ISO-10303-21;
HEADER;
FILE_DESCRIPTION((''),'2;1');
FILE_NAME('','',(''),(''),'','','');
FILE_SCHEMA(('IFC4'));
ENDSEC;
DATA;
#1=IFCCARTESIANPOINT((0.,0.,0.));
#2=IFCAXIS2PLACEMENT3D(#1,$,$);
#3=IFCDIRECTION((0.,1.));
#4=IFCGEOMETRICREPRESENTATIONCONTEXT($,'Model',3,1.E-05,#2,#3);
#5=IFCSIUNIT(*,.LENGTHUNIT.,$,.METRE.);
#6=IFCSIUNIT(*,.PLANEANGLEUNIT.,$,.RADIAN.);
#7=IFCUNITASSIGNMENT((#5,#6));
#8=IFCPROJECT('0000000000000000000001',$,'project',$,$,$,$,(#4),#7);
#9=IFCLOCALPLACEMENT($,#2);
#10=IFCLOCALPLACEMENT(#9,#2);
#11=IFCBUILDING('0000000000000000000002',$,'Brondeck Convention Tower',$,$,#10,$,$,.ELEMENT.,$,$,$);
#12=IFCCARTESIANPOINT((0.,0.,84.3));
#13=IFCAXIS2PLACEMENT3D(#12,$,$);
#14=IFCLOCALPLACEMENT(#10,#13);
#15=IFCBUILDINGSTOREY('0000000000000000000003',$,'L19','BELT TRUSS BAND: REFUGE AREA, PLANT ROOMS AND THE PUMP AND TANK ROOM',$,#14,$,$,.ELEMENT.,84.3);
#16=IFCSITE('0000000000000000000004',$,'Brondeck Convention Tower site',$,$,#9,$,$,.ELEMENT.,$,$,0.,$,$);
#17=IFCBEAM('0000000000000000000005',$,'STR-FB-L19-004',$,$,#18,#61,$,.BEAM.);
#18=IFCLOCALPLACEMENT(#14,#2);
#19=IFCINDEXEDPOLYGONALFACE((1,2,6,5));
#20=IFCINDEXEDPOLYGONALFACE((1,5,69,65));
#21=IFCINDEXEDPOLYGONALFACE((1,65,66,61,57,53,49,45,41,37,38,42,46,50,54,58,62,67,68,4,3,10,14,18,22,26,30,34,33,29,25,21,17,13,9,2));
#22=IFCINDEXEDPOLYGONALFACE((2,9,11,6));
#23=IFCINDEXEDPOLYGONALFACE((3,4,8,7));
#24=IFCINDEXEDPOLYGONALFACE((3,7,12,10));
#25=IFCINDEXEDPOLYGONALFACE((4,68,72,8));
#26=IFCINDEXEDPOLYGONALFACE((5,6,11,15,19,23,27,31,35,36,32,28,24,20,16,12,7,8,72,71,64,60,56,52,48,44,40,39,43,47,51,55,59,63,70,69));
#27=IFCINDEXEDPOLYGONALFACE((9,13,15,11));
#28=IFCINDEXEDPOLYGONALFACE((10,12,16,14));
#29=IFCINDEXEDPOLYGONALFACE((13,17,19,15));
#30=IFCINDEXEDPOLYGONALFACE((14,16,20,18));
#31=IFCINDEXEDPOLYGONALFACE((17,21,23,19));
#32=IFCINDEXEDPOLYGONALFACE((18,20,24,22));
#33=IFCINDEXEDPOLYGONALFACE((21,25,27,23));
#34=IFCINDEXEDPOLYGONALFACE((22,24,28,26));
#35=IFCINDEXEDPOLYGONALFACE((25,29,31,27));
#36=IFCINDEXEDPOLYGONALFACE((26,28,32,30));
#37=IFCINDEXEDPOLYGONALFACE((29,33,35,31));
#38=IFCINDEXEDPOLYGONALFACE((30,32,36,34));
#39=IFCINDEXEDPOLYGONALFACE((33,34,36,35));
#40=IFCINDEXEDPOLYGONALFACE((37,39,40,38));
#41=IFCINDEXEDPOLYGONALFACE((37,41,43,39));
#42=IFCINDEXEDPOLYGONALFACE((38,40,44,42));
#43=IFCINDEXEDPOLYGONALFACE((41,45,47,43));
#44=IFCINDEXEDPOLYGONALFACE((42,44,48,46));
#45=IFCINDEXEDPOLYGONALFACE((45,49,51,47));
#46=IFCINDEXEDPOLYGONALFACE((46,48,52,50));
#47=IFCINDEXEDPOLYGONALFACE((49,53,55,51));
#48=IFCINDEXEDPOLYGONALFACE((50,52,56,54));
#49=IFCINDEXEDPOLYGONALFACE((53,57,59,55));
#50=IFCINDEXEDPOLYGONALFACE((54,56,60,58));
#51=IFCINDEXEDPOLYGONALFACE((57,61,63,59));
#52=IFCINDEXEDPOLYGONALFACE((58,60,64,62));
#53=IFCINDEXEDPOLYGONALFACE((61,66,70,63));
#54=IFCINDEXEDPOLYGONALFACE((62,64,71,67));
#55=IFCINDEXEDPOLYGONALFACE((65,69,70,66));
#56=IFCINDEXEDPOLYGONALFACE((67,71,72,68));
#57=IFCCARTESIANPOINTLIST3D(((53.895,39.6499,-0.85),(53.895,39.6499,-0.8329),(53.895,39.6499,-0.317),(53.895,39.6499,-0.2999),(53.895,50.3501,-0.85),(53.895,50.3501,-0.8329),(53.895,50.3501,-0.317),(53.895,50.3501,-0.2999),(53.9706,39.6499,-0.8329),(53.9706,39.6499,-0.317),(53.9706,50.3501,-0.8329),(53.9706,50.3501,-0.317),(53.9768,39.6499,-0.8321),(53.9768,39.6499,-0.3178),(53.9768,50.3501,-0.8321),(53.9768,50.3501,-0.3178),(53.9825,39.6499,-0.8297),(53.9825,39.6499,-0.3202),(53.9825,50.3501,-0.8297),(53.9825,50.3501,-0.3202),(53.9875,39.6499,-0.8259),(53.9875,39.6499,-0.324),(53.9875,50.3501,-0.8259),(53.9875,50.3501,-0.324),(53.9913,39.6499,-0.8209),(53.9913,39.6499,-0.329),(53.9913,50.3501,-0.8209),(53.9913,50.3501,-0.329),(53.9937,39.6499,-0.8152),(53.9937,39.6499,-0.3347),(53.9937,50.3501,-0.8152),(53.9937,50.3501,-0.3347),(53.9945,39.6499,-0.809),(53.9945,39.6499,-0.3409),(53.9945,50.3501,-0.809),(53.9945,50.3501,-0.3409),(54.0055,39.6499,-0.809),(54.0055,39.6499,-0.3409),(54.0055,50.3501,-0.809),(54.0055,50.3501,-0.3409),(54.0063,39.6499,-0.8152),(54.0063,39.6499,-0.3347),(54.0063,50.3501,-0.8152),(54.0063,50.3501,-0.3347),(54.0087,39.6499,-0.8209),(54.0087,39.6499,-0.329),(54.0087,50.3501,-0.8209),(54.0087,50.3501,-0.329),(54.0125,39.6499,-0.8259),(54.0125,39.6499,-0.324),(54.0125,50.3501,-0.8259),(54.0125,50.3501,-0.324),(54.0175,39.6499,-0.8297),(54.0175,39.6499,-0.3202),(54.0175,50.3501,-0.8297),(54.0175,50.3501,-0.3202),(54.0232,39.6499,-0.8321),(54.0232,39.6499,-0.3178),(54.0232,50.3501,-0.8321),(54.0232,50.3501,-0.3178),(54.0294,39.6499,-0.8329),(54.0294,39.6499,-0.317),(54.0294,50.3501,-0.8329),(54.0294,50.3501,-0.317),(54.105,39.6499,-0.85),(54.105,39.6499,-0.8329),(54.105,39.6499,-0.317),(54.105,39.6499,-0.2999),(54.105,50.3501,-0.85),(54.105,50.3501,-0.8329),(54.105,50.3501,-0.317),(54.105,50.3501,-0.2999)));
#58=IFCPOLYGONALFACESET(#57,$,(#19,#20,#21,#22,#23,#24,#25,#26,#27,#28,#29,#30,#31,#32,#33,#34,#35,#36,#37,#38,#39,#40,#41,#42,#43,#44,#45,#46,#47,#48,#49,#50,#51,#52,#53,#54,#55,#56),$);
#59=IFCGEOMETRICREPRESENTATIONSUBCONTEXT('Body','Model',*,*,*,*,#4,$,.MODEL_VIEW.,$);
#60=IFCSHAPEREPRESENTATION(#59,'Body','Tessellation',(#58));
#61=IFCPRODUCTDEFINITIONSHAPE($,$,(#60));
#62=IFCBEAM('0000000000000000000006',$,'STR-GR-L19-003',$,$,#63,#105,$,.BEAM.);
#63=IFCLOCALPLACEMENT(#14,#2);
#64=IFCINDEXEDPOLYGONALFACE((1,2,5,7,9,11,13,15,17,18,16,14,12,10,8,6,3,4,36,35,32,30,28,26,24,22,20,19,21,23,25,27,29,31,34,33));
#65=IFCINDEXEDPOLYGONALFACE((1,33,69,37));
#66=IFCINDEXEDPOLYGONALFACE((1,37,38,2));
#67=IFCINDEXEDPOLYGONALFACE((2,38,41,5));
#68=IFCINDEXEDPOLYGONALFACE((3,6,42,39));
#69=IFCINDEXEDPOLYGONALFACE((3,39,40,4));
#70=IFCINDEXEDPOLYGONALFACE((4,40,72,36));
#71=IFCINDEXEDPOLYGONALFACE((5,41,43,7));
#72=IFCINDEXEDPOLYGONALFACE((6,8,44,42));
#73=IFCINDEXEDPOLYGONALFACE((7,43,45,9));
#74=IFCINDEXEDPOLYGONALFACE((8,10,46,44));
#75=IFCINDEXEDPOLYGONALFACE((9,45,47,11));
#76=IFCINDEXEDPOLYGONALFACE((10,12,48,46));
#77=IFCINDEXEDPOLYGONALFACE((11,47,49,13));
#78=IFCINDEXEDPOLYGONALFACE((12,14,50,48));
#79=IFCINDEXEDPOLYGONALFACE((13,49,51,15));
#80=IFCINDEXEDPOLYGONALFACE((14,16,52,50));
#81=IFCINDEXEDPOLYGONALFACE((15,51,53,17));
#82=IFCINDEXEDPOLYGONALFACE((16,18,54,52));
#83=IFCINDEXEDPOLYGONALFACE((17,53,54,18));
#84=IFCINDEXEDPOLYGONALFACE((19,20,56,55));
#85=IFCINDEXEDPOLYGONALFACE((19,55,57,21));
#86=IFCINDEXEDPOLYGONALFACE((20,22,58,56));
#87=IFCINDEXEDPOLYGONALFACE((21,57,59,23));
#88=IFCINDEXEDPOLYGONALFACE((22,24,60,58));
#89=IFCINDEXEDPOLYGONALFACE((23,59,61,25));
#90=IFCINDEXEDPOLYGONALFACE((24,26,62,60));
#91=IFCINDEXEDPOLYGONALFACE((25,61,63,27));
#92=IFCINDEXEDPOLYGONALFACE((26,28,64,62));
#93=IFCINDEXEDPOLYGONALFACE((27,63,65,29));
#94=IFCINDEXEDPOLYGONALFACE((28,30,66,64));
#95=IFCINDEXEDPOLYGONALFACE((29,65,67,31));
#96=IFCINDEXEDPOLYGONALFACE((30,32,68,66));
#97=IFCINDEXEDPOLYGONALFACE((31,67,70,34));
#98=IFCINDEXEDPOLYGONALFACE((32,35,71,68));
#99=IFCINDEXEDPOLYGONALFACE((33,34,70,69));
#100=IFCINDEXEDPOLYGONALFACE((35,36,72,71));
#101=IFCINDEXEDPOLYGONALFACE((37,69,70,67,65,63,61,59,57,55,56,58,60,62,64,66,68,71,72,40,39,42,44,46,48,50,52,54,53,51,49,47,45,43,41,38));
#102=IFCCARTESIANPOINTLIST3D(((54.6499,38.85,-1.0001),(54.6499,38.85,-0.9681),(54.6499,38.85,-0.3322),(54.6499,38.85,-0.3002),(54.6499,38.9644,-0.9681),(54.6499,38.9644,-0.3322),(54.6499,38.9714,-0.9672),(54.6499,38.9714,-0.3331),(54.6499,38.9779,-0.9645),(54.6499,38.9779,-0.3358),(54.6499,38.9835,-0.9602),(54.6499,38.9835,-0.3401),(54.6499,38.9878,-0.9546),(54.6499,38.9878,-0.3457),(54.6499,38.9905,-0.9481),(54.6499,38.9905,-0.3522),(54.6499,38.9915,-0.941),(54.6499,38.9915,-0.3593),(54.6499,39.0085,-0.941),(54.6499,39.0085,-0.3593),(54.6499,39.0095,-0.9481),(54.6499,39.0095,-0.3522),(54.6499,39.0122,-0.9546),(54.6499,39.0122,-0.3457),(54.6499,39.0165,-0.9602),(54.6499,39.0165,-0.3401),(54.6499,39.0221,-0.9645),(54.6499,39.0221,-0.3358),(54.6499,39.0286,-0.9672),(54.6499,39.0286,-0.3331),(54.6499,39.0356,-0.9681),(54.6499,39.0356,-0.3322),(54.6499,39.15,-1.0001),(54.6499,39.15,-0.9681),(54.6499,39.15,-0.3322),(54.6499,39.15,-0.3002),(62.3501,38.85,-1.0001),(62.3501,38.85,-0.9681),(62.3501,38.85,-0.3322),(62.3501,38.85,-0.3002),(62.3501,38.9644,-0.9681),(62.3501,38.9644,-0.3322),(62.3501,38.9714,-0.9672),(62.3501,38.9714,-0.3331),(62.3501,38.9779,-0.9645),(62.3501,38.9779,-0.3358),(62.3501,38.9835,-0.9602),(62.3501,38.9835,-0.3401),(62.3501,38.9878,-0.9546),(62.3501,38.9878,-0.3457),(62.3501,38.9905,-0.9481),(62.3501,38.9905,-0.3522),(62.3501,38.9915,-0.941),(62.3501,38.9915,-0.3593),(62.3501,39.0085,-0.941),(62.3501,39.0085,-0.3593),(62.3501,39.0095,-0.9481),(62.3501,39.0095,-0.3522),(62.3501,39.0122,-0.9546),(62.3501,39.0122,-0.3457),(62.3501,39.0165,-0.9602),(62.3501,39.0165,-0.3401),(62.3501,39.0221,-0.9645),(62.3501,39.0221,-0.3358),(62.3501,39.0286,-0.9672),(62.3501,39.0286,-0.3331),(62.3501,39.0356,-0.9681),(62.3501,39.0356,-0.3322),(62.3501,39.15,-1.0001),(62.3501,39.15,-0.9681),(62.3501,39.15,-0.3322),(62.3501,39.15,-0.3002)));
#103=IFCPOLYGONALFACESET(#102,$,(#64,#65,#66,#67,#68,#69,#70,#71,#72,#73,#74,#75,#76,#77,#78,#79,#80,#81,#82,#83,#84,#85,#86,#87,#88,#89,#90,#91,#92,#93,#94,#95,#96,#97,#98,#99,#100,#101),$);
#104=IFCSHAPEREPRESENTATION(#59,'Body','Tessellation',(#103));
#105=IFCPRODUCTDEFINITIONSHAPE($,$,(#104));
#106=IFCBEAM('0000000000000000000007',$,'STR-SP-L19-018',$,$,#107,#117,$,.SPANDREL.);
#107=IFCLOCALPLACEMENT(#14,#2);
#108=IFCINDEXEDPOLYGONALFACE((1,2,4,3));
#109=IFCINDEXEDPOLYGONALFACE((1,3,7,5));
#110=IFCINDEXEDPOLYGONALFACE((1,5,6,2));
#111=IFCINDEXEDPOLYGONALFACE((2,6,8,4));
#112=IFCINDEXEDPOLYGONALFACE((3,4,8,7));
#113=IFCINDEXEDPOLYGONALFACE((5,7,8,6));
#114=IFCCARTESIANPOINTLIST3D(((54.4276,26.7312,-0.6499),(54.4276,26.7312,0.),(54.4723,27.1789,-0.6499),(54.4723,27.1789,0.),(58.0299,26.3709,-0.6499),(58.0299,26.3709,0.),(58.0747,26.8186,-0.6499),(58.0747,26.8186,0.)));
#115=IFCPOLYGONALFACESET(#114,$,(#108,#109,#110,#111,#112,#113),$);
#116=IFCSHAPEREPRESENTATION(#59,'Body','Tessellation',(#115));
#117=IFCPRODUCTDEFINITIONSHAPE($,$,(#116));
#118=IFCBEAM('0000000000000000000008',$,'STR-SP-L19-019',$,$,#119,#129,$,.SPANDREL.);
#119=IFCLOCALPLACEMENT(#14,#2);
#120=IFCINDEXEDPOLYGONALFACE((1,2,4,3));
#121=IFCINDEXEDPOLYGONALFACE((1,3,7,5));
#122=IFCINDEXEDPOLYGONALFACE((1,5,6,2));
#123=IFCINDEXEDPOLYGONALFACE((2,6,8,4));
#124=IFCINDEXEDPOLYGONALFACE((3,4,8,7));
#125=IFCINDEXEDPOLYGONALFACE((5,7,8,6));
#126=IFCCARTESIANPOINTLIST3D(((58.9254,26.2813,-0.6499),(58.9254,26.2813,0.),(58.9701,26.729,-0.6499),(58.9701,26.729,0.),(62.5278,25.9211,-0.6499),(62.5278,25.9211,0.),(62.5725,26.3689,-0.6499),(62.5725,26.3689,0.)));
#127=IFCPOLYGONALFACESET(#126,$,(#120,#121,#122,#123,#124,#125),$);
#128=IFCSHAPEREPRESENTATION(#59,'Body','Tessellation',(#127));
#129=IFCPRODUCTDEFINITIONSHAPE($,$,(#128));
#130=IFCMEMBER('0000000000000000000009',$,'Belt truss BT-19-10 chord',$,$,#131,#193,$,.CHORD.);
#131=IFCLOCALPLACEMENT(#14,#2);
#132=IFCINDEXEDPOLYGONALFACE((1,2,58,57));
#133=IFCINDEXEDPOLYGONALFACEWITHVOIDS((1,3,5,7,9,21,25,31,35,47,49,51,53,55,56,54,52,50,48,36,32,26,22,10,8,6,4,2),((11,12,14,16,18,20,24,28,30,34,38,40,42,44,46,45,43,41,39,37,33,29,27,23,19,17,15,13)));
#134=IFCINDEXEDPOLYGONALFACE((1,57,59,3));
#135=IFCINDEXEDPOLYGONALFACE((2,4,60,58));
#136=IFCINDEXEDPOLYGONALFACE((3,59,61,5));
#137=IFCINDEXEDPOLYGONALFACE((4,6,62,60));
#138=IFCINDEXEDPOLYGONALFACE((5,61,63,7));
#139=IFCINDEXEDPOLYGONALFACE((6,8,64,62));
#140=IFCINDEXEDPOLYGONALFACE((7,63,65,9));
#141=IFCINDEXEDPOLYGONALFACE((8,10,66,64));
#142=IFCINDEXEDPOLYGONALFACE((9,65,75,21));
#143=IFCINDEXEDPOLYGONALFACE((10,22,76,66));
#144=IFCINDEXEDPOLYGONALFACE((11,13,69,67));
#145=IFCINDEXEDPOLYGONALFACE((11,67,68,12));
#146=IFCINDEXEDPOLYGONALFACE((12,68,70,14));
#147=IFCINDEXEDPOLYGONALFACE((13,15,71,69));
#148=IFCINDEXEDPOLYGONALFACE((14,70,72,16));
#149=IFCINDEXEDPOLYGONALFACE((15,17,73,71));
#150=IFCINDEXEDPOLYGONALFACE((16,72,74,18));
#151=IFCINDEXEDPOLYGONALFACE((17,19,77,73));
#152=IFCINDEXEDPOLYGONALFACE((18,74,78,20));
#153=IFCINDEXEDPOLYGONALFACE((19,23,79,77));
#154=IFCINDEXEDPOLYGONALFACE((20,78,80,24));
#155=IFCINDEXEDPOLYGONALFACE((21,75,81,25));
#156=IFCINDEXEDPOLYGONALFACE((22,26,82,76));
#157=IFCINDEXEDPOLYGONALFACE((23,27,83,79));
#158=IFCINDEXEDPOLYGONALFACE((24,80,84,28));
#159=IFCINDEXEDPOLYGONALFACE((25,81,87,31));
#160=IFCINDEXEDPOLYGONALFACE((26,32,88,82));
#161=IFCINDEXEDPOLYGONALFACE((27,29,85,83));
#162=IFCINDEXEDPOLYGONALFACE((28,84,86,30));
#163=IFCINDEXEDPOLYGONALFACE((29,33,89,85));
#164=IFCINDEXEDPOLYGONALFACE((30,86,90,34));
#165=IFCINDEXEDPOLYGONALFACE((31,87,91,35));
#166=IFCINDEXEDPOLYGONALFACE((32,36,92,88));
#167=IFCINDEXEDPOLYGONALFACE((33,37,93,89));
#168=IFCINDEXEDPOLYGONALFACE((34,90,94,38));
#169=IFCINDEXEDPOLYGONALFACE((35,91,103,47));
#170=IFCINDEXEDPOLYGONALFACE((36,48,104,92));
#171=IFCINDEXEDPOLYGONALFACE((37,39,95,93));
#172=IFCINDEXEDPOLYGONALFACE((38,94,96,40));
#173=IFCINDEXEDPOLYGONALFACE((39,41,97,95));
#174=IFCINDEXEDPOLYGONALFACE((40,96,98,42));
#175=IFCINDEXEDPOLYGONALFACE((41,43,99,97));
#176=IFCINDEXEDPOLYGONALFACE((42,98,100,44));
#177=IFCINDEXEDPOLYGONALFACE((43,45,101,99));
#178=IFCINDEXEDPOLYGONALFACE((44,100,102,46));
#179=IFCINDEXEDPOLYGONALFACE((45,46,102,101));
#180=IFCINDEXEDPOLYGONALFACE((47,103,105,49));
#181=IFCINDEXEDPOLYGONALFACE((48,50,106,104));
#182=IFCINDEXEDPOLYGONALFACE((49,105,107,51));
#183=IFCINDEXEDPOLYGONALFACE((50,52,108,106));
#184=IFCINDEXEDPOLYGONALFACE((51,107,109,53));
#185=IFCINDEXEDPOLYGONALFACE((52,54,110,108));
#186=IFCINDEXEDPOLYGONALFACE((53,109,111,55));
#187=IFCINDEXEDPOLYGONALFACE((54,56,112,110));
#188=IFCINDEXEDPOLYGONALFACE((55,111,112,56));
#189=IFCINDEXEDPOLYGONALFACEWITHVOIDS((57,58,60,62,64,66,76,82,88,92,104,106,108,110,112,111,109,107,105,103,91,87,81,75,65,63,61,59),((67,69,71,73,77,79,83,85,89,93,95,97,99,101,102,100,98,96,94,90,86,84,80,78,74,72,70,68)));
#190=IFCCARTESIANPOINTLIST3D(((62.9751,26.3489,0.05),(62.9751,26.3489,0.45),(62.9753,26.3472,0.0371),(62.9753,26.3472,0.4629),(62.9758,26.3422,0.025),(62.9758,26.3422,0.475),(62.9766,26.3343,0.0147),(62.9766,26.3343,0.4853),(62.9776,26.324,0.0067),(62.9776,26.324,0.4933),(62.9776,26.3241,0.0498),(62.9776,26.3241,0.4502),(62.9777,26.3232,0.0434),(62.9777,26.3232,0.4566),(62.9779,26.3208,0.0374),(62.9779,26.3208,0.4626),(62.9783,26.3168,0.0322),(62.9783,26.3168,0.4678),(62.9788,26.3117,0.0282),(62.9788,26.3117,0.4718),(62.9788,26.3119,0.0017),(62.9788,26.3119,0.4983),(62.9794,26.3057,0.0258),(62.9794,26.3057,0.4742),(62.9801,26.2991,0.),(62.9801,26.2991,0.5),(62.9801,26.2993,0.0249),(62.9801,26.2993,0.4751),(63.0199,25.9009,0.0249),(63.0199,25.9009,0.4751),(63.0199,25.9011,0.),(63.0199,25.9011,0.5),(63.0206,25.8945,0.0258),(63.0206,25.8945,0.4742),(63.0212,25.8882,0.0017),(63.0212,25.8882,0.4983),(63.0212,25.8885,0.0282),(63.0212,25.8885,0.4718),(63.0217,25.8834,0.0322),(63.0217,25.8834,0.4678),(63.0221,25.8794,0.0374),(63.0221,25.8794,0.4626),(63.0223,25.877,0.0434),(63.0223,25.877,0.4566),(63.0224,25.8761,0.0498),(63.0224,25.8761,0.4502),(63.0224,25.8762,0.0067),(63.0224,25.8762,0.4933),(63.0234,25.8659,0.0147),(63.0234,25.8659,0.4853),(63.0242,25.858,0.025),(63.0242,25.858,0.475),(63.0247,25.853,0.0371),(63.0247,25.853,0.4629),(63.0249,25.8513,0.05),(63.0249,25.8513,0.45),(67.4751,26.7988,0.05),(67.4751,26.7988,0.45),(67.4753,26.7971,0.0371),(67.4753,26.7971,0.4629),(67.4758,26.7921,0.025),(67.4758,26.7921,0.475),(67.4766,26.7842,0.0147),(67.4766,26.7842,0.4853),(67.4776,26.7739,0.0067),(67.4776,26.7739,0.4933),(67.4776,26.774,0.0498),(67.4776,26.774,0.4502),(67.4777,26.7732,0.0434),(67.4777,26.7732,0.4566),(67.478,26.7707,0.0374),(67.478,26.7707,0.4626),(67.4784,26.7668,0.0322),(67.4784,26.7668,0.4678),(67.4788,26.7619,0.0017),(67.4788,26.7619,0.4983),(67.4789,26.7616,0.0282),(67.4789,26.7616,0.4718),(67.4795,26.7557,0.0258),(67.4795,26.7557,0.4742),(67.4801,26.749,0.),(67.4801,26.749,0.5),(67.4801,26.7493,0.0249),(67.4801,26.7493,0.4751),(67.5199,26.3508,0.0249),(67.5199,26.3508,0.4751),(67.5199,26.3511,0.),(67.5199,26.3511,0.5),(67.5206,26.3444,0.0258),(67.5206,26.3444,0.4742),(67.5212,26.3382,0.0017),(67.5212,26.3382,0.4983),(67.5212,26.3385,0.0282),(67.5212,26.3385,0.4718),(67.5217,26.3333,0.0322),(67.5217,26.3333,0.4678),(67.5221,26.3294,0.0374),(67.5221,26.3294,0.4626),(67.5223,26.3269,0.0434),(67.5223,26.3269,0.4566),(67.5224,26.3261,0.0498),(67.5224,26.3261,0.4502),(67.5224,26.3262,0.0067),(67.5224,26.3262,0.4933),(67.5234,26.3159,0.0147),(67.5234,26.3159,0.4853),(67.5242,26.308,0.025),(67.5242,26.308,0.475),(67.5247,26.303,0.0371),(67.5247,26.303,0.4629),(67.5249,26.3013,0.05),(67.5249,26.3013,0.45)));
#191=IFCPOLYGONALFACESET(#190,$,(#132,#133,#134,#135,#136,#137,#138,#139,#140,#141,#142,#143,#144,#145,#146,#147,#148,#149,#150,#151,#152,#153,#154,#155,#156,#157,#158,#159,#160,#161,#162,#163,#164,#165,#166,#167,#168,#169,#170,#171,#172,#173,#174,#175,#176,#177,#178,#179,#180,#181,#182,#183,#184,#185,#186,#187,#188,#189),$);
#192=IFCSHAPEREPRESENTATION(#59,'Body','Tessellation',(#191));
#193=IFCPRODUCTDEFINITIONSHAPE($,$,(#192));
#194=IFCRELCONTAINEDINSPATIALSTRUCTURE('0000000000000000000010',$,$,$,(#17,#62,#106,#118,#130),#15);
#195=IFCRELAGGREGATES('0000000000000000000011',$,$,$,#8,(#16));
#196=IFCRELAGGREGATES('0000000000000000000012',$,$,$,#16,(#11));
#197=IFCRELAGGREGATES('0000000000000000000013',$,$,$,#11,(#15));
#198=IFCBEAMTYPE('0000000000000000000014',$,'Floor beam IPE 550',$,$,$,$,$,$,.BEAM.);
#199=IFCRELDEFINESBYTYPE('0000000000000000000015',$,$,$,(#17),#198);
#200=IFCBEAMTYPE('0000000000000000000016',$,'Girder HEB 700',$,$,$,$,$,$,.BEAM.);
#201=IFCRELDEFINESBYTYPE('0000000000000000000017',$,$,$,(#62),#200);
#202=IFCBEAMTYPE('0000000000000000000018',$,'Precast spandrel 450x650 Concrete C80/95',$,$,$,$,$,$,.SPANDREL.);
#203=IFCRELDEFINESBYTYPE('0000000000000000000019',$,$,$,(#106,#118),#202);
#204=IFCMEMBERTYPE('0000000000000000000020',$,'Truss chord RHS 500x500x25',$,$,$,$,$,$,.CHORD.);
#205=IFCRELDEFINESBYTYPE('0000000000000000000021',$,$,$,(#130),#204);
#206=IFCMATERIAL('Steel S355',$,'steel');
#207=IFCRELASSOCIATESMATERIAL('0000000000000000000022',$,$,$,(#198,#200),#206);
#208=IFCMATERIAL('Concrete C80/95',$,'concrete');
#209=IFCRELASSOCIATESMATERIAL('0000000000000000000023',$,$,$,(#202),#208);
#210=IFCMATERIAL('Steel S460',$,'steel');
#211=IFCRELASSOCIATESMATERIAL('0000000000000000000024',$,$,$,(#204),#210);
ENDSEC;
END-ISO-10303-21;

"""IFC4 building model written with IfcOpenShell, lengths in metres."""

from ifc_helpers import new_model, si_unit, direction, frame, origin, origin_2d, place, context, subcontext, project, spatial, rectangle, hollow_rectangle, i_section, extrude, material, material_profile, profile_set, type_object, element, save


model = new_model("IFC4")

# Units and contexts
model_context = context("Model", 3, precision=1e-05, world=origin(), true_north=direction((0.0, 1.0)))
body_context = subcontext(model_context, "Body", "Model", "MODEL_VIEW")
ifc_project = project(units=[si_unit("LENGTHUNIT", "METRE"), si_unit("PLANEANGLEUNIT", "RADIAN")], contexts=[model_context])

# Site, building, storey
site_placement = place(None, origin())
site = spatial("IfcSite", under=ifc_project, at=site_placement, Name="Brondeck Convention Tower site", CompositionType="ELEMENT", RefElevation=0.0)
building_placement = place(site_placement, origin())
building = spatial("IfcBuilding", under=site, at=building_placement, Name="Brondeck Convention Tower", CompositionType="ELEMENT")
storey_placement = place(building_placement, frame((0.0, 0.0, 84.3)))
storey = spatial("IfcBuildingStorey", under=building, at=storey_placement, Name="L19", Description="BELT TRUSS BAND: REFUGE AREA, PLANT ROOMS AND THE PUMP AND TANK ROOM", CompositionType="ELEMENT", Elevation=84.3)

# Shared definitions
ifc_material_1 = material(Name="Concrete C80/95", Category="concrete")

# Shared definitions
ifc_material_2 = material(Name="Steel S460", Category="steel")

# Beams
ifc_material_3 = material(Name="Steel S355", Category="steel")
ifc_material_profile_1 = material_profile(ifc_material_3, i_section(OverallWidth=0.21, OverallDepth=0.55, WebThickness=0.011, FlangeThickness=0.0171, FilletRadius=0.0239, at=origin_2d()), Name="IPE 550")
ifc_profile_set_1 = profile_set([ifc_material_profile_1], Name="Steel S355")
beam_type_1 = type_object("IfcBeamType", Name="Floor beam IPE 550", PredefinedType="BEAM", material=ifc_profile_set_1)
beam_1_placement = place(storey_placement, frame((54.0, 39.6499, -0.575), z_axis=(0.0, 1.0, 0.0), x_axis=(-1.0, 0.0, 0.0)))
element("IfcBeam", 1, at=beam_1_placement, inside=storey, type_object=beam_type_1, Name="STR-FB-L19-004", PredefinedType="BEAM", context=body_context, shape_type="SweptSolid", body=[
    extrude(i_section(OverallWidth=0.21, OverallDepth=0.55, WebThickness=0.011, FlangeThickness=0.0171, FilletRadius=0.0239, at=origin_2d()), origin(), (0.0, 0.0, 1.0), 10.7002),
])
ifc_material_profile_2 = material_profile(ifc_material_3, i_section(OverallWidth=0.3, OverallDepth=0.7, WebThickness=0.0171, FlangeThickness=0.032, FilletRadius=0.0271, at=origin_2d()), Name="HEB 700")
ifc_profile_set_2 = profile_set([ifc_material_profile_2], Name="Steel S355")
beam_type_2 = type_object("IfcBeamType", Name="Girder HEB 700", PredefinedType="BEAM", material=ifc_profile_set_2)
beam_2_placement = place(storey_placement, frame((54.6499, 39.0, -0.6501), z_axis=(1.0, 0.0, 0.0), x_axis=(0.0, 1.0, 0.0)))
element("IfcBeam", 2, at=beam_2_placement, inside=storey, type_object=beam_type_2, Name="STR-GR-L19-003", PredefinedType="BEAM", context=body_context, shape_type="SweptSolid", body=[
    extrude(i_section(OverallWidth=0.3, OverallDepth=0.7, WebThickness=0.0171, FlangeThickness=0.032, FilletRadius=0.0271, at=origin_2d()), origin(), (0.0, 0.0, 1.0), 7.7002),
])
ifc_material_profile_3 = material_profile(ifc_material_1, rectangle(XDim=0.45, YDim=0.6499, at=origin_2d()), Name="Precast spandrel 450x650 Concrete C80/95")
ifc_profile_set_3 = profile_set([ifc_material_profile_3], Name="Concrete C80/95")
beam_type_3 = type_object("IfcBeamType", Name="Precast spandrel 450x650 Concrete C80/95", PredefinedType="SPANDREL", material=ifc_profile_set_3)
for number, where, z_axis, x_axis, name in (
    (3, (54.45, 26.9551, -0.325), (0.995034, -0.099537, 0.0), (0.099537, 0.995034, 0.0), "STR-SP-L19-018"),
    (4, (58.9478, 26.5051, -0.325), (0.995041, -0.09947, 0.0), (0.09947, 0.995041, 0.0), "STR-SP-L19-019"),
):
    element("IfcBeam", number, at=place(storey_placement, frame(where, z_axis=z_axis, x_axis=x_axis)), inside=storey, type_object=beam_type_3, Name=name, PredefinedType="SPANDREL", context=body_context, shape_type="SweptSolid", body=[
        extrude(rectangle(XDim=0.45, YDim=0.6499, at=origin_2d()), origin(), (0.0, 0.0, 1.0), 3.6204),
    ])

# Member
ifc_material_profile_4 = material_profile(ifc_material_2, hollow_rectangle(XDim=0.5, YDim=0.5, WallThickness=0.0249, InnerFilletRadius=0.0249, OuterFilletRadius=0.05, at=origin_2d()), Name="RHS 500x500x25")
ifc_profile_set_4 = profile_set([ifc_material_profile_4], Name="Steel S460")
member_type_1 = type_object("IfcMemberType", Name="Truss chord RHS 500x500x25", PredefinedType="CHORD", material=ifc_profile_set_4)
member_1_placement = place(storey_placement, frame((63.0, 26.1001, 0.25), z_axis=(0.995038, 0.099493, 0.0), x_axis=(-0.099493, 0.995038, 0.0)))
element("IfcMember", 5, at=member_1_placement, inside=storey, type_object=member_type_1, Name="Belt truss BT-19-10 chord", PredefinedType="CHORD", context=body_context, shape_type="SweptSolid", body=[
    extrude(hollow_rectangle(XDim=0.5, YDim=0.5, WallThickness=0.0249, InnerFilletRadius=0.0249, OuterFilletRadius=0.05, at=origin_2d()), origin(), (0.0, 0.0, 1.0), 4.5225),
])

save(model, "model.ifc")
